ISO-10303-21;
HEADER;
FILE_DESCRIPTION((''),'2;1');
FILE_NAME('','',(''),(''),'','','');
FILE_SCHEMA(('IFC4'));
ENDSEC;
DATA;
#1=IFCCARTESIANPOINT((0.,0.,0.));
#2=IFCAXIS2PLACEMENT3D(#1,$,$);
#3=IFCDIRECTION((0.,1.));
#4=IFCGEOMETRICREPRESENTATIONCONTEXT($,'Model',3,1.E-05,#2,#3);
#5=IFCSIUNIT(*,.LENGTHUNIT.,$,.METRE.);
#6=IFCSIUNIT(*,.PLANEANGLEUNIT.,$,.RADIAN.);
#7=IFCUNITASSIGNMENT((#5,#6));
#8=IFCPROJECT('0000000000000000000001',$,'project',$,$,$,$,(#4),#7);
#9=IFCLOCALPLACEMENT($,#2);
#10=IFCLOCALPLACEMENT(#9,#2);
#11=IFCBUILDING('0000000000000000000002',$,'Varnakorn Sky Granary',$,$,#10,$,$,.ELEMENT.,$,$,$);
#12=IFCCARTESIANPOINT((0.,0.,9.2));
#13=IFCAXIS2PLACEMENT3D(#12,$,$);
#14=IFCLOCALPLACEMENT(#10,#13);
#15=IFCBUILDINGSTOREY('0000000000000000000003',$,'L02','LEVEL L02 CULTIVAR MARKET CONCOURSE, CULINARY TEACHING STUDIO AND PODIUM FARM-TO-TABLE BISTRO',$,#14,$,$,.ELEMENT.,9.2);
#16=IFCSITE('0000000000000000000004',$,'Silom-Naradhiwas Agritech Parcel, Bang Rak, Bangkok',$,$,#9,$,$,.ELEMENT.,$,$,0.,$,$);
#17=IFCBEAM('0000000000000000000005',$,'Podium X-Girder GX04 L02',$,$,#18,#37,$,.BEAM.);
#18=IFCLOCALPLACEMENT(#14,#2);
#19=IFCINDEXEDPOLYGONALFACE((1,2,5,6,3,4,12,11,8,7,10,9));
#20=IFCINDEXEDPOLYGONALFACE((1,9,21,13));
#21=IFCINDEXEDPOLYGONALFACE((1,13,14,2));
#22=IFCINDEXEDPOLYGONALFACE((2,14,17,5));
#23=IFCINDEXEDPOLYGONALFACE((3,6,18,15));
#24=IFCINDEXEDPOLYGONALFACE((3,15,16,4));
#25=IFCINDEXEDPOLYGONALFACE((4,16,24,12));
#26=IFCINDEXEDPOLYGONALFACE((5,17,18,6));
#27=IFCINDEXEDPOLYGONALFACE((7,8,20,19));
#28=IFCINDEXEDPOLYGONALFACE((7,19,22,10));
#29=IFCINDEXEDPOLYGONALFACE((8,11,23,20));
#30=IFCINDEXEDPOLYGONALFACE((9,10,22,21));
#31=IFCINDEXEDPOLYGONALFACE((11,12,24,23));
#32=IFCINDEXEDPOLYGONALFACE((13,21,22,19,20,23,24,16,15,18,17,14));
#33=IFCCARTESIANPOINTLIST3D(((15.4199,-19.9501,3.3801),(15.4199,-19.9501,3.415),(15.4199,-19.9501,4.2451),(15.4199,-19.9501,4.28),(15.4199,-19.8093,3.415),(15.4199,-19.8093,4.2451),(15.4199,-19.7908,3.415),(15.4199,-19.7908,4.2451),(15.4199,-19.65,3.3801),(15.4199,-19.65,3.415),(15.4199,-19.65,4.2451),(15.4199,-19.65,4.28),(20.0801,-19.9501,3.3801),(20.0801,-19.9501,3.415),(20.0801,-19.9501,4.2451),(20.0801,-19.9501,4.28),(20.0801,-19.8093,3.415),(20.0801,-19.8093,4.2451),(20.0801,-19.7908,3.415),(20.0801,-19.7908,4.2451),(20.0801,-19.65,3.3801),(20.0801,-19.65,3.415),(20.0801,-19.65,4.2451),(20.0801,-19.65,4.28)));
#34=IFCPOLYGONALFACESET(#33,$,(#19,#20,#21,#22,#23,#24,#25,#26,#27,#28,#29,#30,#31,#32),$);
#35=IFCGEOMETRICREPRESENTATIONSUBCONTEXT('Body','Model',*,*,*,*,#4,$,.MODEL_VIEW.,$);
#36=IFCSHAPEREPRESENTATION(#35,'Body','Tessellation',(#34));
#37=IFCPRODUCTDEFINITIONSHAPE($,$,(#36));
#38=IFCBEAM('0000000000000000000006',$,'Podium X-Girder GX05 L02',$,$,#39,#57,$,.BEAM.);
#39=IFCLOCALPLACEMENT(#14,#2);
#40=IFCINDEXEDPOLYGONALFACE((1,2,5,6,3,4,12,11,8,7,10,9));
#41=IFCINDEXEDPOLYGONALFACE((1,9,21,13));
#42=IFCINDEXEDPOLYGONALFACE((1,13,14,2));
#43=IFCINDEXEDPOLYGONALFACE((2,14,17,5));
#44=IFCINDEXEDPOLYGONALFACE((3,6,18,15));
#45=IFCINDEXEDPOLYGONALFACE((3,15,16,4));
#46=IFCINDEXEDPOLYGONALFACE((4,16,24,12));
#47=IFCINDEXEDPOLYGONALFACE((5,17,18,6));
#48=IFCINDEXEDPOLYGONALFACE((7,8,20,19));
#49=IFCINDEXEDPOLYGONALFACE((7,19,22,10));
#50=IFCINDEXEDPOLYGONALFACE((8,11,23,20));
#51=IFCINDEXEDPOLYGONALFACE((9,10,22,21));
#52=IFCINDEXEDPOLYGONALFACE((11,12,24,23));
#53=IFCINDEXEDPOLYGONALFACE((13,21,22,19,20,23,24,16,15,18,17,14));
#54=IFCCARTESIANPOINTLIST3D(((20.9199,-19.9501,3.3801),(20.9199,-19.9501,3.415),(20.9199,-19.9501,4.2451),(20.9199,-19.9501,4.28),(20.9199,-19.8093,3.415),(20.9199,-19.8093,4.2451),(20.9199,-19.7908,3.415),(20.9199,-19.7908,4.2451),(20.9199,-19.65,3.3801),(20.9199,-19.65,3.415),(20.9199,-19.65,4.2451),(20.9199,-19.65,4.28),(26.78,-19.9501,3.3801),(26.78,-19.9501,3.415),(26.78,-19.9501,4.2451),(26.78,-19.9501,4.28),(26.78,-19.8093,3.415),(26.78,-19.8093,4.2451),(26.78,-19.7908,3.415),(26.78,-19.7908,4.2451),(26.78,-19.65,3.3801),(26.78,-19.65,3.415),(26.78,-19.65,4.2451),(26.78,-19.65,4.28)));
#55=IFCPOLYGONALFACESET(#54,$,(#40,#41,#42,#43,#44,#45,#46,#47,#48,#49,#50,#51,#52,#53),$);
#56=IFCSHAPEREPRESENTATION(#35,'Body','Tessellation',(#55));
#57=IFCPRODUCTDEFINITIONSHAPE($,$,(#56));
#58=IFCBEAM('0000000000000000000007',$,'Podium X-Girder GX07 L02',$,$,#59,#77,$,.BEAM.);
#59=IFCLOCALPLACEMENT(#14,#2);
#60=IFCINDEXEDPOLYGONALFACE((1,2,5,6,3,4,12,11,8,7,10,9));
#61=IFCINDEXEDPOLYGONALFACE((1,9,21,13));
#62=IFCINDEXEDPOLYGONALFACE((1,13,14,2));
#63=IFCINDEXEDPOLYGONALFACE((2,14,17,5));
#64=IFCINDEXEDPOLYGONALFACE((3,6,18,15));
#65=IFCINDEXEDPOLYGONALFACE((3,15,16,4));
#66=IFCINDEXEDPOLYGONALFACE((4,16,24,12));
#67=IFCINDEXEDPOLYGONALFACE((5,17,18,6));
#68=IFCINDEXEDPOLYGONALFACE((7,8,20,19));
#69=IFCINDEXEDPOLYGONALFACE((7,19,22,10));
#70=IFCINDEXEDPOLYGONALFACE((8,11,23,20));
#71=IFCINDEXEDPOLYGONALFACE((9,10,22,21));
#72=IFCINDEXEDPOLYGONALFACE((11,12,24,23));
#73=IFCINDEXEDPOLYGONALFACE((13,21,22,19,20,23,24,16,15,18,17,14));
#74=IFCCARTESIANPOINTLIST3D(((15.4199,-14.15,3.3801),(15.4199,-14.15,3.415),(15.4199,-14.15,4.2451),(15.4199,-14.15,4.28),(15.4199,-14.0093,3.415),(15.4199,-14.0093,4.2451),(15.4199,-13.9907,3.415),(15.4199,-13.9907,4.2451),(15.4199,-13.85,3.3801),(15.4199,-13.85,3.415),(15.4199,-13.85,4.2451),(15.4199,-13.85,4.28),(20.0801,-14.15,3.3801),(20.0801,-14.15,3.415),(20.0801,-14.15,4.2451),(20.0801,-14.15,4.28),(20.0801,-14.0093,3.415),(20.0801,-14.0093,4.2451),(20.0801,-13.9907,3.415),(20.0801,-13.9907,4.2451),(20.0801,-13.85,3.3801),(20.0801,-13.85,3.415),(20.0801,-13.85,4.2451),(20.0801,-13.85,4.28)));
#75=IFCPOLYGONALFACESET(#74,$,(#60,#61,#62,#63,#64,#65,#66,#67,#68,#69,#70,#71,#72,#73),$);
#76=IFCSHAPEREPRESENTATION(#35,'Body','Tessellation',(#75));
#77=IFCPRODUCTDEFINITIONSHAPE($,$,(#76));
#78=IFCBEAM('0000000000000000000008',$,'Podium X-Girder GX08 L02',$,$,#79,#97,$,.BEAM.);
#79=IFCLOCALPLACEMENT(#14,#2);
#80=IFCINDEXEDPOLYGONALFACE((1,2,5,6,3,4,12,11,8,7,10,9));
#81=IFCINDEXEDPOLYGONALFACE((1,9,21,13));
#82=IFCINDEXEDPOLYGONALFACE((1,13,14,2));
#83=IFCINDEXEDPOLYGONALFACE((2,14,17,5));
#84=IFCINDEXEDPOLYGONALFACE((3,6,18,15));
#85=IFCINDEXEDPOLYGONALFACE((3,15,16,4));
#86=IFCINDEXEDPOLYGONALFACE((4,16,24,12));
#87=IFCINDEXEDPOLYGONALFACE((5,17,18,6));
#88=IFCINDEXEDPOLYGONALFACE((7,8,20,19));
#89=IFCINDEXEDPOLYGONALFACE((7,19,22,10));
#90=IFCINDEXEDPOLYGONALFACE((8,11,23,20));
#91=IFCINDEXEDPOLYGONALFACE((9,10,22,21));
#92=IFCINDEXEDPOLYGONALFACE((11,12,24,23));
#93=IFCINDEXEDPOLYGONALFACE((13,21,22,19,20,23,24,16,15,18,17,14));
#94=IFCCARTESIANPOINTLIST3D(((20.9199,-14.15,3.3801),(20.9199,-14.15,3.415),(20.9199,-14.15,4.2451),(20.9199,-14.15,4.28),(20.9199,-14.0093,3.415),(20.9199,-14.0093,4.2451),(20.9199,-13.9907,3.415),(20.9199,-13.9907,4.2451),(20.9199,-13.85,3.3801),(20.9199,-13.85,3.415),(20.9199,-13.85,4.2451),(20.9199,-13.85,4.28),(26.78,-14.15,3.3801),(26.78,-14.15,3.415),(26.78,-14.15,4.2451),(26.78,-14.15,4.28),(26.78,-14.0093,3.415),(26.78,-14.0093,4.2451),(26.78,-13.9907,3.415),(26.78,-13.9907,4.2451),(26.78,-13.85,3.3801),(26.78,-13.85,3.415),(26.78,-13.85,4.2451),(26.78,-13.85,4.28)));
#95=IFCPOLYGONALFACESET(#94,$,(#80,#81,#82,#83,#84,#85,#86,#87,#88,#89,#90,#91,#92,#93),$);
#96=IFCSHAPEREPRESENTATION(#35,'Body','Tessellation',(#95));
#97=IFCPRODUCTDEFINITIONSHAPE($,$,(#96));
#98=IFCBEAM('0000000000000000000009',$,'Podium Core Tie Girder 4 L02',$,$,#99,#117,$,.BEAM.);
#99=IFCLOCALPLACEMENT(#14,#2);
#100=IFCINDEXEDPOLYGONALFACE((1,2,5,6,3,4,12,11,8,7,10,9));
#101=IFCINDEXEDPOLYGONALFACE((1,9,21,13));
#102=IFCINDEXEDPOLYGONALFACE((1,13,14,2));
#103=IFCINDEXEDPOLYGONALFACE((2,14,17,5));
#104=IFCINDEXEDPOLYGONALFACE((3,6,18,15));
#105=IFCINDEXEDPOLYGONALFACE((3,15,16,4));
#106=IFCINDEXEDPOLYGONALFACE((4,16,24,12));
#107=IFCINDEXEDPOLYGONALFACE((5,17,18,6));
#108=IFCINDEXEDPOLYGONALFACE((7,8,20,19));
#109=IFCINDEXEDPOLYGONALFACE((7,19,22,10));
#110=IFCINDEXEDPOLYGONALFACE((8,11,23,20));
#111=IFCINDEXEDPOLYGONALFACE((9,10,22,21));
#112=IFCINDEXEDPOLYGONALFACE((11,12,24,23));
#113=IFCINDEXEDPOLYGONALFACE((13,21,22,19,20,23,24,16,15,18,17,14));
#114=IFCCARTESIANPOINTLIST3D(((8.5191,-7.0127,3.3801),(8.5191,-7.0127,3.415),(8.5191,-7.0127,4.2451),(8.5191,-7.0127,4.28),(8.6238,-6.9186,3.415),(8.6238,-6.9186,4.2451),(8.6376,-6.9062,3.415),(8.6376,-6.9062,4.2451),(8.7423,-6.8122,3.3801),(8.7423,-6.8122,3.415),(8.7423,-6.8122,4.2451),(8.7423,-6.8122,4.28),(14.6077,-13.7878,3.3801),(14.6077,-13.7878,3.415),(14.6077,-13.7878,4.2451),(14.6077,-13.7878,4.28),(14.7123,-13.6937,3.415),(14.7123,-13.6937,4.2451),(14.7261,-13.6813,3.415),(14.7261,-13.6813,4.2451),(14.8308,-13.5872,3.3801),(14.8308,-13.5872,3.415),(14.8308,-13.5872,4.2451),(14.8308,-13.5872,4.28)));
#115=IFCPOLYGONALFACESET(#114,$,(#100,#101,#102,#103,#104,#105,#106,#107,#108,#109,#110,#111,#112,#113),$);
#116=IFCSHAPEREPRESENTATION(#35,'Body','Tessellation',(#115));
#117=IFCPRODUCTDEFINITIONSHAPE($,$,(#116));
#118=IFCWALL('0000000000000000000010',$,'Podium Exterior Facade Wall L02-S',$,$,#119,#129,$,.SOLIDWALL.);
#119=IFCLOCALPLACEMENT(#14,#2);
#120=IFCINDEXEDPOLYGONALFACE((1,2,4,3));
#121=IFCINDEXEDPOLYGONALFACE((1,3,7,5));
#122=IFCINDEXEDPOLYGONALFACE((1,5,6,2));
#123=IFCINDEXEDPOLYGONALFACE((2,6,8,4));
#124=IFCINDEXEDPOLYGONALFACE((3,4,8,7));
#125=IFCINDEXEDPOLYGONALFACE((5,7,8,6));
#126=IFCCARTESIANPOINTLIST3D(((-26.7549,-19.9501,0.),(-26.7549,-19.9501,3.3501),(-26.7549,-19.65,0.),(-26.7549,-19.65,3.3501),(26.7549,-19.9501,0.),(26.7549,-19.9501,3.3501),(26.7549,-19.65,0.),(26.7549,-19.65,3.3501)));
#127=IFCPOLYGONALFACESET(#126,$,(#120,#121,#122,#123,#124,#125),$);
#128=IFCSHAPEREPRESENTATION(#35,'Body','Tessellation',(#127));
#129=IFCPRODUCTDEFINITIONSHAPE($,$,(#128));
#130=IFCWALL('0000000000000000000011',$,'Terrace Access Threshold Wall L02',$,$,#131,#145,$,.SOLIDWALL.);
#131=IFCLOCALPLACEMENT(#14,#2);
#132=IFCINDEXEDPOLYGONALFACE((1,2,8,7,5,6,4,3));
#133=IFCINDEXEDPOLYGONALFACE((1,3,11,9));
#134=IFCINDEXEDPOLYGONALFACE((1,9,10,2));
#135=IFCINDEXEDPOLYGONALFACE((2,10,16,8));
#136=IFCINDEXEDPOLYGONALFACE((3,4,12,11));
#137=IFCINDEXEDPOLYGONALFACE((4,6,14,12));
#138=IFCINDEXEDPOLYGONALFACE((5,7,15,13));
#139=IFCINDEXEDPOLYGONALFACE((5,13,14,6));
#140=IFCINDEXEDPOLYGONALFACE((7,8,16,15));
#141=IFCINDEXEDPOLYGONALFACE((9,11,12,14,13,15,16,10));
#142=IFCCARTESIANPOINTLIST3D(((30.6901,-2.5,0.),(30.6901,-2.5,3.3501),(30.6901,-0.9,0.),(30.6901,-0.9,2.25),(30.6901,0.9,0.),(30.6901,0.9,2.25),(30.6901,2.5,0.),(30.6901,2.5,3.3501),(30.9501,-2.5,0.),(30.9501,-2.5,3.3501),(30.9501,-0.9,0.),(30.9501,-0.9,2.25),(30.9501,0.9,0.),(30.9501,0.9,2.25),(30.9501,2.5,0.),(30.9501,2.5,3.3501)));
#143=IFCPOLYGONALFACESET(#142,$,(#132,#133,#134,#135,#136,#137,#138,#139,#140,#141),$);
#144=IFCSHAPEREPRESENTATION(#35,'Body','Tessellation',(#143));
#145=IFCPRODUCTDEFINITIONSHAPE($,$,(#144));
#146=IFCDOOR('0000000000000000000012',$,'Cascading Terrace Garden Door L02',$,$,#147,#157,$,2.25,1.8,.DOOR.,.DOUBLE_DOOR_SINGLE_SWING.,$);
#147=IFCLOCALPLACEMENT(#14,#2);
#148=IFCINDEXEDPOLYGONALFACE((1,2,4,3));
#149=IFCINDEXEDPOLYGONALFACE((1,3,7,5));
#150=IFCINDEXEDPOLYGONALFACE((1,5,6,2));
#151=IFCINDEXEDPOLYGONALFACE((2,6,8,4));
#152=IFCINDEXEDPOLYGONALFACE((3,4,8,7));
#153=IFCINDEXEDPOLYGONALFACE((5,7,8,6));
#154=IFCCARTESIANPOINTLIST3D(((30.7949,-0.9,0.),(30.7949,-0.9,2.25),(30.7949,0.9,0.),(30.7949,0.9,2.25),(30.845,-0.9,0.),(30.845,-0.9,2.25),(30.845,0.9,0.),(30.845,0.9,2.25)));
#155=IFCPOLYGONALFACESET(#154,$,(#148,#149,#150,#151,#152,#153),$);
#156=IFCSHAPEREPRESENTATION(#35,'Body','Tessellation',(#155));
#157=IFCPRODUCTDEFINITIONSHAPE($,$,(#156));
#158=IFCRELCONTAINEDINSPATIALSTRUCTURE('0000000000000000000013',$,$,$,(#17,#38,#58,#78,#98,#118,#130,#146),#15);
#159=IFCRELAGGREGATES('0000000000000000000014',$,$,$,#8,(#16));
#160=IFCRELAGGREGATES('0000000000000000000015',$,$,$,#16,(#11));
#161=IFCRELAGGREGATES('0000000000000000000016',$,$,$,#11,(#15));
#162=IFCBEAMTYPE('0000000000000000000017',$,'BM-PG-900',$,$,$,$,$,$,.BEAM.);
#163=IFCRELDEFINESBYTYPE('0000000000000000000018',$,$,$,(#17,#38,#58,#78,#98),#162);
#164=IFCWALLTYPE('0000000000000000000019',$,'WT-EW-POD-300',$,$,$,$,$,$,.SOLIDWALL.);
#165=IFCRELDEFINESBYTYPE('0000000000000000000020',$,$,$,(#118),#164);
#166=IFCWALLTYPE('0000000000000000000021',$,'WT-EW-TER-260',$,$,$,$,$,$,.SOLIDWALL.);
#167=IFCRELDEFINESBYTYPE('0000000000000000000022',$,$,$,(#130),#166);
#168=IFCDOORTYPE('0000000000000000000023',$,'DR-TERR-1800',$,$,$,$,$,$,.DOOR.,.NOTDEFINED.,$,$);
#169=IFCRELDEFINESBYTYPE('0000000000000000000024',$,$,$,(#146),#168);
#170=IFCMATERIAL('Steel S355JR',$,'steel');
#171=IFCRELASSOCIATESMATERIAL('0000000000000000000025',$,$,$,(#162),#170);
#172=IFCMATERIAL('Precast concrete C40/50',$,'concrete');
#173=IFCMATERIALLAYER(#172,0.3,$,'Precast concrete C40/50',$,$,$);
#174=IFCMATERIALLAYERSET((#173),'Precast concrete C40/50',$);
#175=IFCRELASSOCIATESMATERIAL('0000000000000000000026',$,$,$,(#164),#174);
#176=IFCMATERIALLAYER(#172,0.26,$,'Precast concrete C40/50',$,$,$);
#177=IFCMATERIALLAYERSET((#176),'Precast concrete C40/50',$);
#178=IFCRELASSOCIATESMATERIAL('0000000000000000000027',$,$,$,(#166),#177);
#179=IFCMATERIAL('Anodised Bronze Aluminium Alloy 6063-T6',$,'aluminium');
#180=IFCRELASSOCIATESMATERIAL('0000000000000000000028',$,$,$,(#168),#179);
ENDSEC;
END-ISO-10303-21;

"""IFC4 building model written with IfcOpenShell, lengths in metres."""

from ifc_helpers import new_model, si_unit, direction, frame, frame_2d, origin, origin_2d, place, context, subcontext, project, spatial, rectangle, i_section, extrude, material, layer, layer_set, material_profile, profile_set, type_object, element, fill, save


model = new_model("IFC4")

# Units and contexts
model_context = context("Model", 3, precision=1e-05, world=origin(), true_north=direction((0.0, 1.0)))
body_context = subcontext(model_context, "Body", "Model", "MODEL_VIEW")
ifc_project = project(units=[si_unit("LENGTHUNIT", "METRE"), si_unit("PLANEANGLEUNIT", "RADIAN")], contexts=[model_context])

# Site, building, storey
site_placement = place(None, origin())
site = spatial("IfcSite", under=ifc_project, at=site_placement, Name="Silom-Naradhiwas Agritech Parcel, Bang Rak, Bangkok", CompositionType="ELEMENT", RefElevation=0.0)
building_placement = place(site_placement, origin())
building = spatial("IfcBuilding", under=site, at=building_placement, Name="Varnakorn Sky Granary", CompositionType="ELEMENT")
storey_placement = place(building_placement, frame((0.0, 0.0, 9.2)))
storey = spatial("IfcBuildingStorey", under=building, at=storey_placement, Name="L02", Description="LEVEL L02 CULTIVAR MARKET CONCOURSE, CULINARY TEACHING STUDIO AND PODIUM FARM-TO-TABLE BISTRO", CompositionType="ELEMENT", Elevation=9.2)

# Beams
ifc_material_1 = material(Name="Steel S355JR", Category="steel")
ifc_material_profile_1 = material_profile(ifc_material_1, i_section(OverallWidth=0.3, OverallDepth=0.8999, WebThickness=0.0186, FlangeThickness=0.0349, at=origin_2d()), Name="HE 900 B")
ifc_profile_set_1 = profile_set([ifc_material_profile_1], Name="Steel S355JR")
beam_type_1 = type_object("IfcBeamType", Name="BM-PG-900", PredefinedType="BEAM", material=ifc_profile_set_1)
beam_1_placement = place(storey_placement, frame((15.4199, -19.8, 3.8301), z_axis=(1.0, 0.0, 0.0), x_axis=(0.0, 1.0, 0.0)))
element("IfcBeam", 1, at=beam_1_placement, inside=storey, type_object=beam_type_1, Name="Podium X-Girder GX04 L02", PredefinedType="BEAM", context=body_context, shape_type="SweptSolid", body=[
    extrude(i_section(OverallWidth=0.3, OverallDepth=0.8999, WebThickness=0.0186, FlangeThickness=0.0349, at=origin_2d()), origin(), (0.0, 0.0, 1.0), 4.6602),
])
beam_2_placement = place(storey_placement, frame((20.9199, -19.8, 3.8301), z_axis=(1.0, 0.0, 0.0), x_axis=(0.0, 1.0, 0.0)))
element("IfcBeam", 2, at=beam_2_placement, inside=storey, type_object=beam_type_1, Name="Podium X-Girder GX05 L02", PredefinedType="BEAM", context=body_context, shape_type="SweptSolid", body=[
    extrude(i_section(OverallWidth=0.3, OverallDepth=0.8999, WebThickness=0.0186, FlangeThickness=0.0349, at=origin_2d()), origin(), (0.0, 0.0, 1.0), 5.8601),
])
beam_3_placement = place(storey_placement, frame((15.4199, -14.0, 3.8301), z_axis=(1.0, 0.0, 0.0), x_axis=(0.0, 1.0, 0.0)))
element("IfcBeam", 3, at=beam_3_placement, inside=storey, type_object=beam_type_1, Name="Podium X-Girder GX07 L02", PredefinedType="BEAM", context=body_context, shape_type="SweptSolid", body=[
    extrude(i_section(OverallWidth=0.3, OverallDepth=0.8999, WebThickness=0.0186, FlangeThickness=0.0349, at=origin_2d()), origin(), (0.0, 0.0, 1.0), 4.6602),
])
beam_4_placement = place(storey_placement, frame((20.9199, -14.0, 3.8301), z_axis=(1.0, 0.0, 0.0), x_axis=(0.0, 1.0, 0.0)))
element("IfcBeam", 4, at=beam_4_placement, inside=storey, type_object=beam_type_1, Name="Podium X-Girder GX08 L02", PredefinedType="BEAM", context=body_context, shape_type="SweptSolid", body=[
    extrude(i_section(OverallWidth=0.3, OverallDepth=0.8999, WebThickness=0.0186, FlangeThickness=0.0349, at=origin_2d()), origin(), (0.0, 0.0, 1.0), 5.8601),
])
beam_5_placement = place(storey_placement, frame((14.7192, -13.6875, 3.8301), z_axis=(-0.668418, 0.743786, 0.0), x_axis=(-0.743786, -0.668418, 0.0)))
element("IfcBeam", 5, at=beam_5_placement, inside=storey, type_object=beam_type_1, Name="Podium Core Tie Girder 4 L02", PredefinedType="BEAM", context=body_context, shape_type="SweptSolid", body=[
    extrude(i_section(OverallWidth=0.3, OverallDepth=0.8999, WebThickness=0.0186, FlangeThickness=0.0349, at=origin_2d()), origin(), (0.0, 0.0, 1.0), 9.1089),
])

# Wall
ifc_material_2 = material(Name="Precast concrete C40/50", Category="concrete")
ifc_layer_1 = layer(ifc_material_2, 0.3, Name="Precast concrete C40/50")
ifc_layer_set_1 = layer_set([ifc_layer_1], Name="Precast concrete C40/50")
wall_type_1 = type_object("IfcWallType", Name="WT-EW-POD-300", PredefinedType="SOLIDWALL", material=ifc_layer_set_1)
wall_1_placement = place(storey_placement, frame((26.7549, -19.8, 0.0), z_axis=(0.0, 0.0, 1.0), x_axis=(-1.0, 0.0, 0.0)))
element("IfcWall", 6, at=wall_1_placement, inside=storey, type_object=wall_type_1, Name="Podium Exterior Facade Wall L02-S", PredefinedType="SOLIDWALL", context=body_context, shape_type="SweptSolid", body=[
    extrude(rectangle(XDim=53.5098, YDim=0.3, at=frame_2d((26.7549, 0.0))), origin(), (0.0, 0.0, 1.0), 3.3501),
])

# Wall, opening, door
ifc_layer_2 = layer(ifc_material_2, 0.26, Name="Precast concrete C40/50")
ifc_layer_set_2 = layer_set([ifc_layer_2], Name="Precast concrete C40/50")
wall_type_2 = type_object("IfcWallType", Name="WT-EW-TER-260", PredefinedType="SOLIDWALL", material=ifc_layer_set_2)
wall_2_placement = place(storey_placement, frame((30.8201, 2.5, 0.0), z_axis=(0.0, 0.0, 1.0), x_axis=(0.0, -1.0, 0.0)))
wall_2 = element("IfcWall", 7, at=wall_2_placement, inside=storey, type_object=wall_type_2, Name="Terrace Access Threshold Wall L02", PredefinedType="SOLIDWALL", context=body_context, shape_type="SweptSolid", body=[
    extrude(rectangle(XDim=5.0, YDim=0.26, at=frame_2d((2.5, 0.0))), origin(), (0.0, 0.0, 1.0), 3.3501),
])
opening_1_placement = place(wall_2_placement, frame((1.6001, 0.0, 0.0)))
opening_1 = element("IfcOpeningElement", 8, at=opening_1_placement, cuts=wall_2, PredefinedType="OPENING", context=body_context, shape_type="SweptSolid", body=[
    extrude(rectangle(XDim=1.8, YDim=2.25, at=frame_2d((0.8999, 1.125))), frame((0.0, 0.1401, 0.0), z_axis=(0.0, -1.0, 0.0), x_axis=(1.0, 0.0, 0.0)), (0.0, 0.0, 1.0), 0.28),
])
ifc_material_3 = material(Name="Anodised Bronze Aluminium Alloy 6063-T6", Category="aluminium")
door_type_1 = type_object("IfcDoorType", Name="DR-TERR-1800", OperationType="NOTDEFINED", PredefinedType="DOOR", material=ifc_material_3)
door_1_placement = place(opening_1_placement, origin())
door_1 = element("IfcDoor", 9, at=door_1_placement, inside=storey, type_object=door_type_1, Name="Cascading Terrace Garden Door L02", OperationType="DOUBLE_DOOR_SINGLE_SWING", OverallHeight=2.25, OverallWidth=1.8, PredefinedType="DOOR", context=body_context, shape_type="SweptSolid", body=[
    extrude(rectangle(XDim=1.8, YDim=2.25, at=frame_2d((0.8999, 1.125))), frame((0.0, 0.0249, 0.0), z_axis=(0.0, -1.0, 0.0), x_axis=(1.0, 0.0, 0.0)), (0.0, 0.0, 1.0), 0.05),
])
fill(opening_1, door_1)

save(model, "model.ifc")
